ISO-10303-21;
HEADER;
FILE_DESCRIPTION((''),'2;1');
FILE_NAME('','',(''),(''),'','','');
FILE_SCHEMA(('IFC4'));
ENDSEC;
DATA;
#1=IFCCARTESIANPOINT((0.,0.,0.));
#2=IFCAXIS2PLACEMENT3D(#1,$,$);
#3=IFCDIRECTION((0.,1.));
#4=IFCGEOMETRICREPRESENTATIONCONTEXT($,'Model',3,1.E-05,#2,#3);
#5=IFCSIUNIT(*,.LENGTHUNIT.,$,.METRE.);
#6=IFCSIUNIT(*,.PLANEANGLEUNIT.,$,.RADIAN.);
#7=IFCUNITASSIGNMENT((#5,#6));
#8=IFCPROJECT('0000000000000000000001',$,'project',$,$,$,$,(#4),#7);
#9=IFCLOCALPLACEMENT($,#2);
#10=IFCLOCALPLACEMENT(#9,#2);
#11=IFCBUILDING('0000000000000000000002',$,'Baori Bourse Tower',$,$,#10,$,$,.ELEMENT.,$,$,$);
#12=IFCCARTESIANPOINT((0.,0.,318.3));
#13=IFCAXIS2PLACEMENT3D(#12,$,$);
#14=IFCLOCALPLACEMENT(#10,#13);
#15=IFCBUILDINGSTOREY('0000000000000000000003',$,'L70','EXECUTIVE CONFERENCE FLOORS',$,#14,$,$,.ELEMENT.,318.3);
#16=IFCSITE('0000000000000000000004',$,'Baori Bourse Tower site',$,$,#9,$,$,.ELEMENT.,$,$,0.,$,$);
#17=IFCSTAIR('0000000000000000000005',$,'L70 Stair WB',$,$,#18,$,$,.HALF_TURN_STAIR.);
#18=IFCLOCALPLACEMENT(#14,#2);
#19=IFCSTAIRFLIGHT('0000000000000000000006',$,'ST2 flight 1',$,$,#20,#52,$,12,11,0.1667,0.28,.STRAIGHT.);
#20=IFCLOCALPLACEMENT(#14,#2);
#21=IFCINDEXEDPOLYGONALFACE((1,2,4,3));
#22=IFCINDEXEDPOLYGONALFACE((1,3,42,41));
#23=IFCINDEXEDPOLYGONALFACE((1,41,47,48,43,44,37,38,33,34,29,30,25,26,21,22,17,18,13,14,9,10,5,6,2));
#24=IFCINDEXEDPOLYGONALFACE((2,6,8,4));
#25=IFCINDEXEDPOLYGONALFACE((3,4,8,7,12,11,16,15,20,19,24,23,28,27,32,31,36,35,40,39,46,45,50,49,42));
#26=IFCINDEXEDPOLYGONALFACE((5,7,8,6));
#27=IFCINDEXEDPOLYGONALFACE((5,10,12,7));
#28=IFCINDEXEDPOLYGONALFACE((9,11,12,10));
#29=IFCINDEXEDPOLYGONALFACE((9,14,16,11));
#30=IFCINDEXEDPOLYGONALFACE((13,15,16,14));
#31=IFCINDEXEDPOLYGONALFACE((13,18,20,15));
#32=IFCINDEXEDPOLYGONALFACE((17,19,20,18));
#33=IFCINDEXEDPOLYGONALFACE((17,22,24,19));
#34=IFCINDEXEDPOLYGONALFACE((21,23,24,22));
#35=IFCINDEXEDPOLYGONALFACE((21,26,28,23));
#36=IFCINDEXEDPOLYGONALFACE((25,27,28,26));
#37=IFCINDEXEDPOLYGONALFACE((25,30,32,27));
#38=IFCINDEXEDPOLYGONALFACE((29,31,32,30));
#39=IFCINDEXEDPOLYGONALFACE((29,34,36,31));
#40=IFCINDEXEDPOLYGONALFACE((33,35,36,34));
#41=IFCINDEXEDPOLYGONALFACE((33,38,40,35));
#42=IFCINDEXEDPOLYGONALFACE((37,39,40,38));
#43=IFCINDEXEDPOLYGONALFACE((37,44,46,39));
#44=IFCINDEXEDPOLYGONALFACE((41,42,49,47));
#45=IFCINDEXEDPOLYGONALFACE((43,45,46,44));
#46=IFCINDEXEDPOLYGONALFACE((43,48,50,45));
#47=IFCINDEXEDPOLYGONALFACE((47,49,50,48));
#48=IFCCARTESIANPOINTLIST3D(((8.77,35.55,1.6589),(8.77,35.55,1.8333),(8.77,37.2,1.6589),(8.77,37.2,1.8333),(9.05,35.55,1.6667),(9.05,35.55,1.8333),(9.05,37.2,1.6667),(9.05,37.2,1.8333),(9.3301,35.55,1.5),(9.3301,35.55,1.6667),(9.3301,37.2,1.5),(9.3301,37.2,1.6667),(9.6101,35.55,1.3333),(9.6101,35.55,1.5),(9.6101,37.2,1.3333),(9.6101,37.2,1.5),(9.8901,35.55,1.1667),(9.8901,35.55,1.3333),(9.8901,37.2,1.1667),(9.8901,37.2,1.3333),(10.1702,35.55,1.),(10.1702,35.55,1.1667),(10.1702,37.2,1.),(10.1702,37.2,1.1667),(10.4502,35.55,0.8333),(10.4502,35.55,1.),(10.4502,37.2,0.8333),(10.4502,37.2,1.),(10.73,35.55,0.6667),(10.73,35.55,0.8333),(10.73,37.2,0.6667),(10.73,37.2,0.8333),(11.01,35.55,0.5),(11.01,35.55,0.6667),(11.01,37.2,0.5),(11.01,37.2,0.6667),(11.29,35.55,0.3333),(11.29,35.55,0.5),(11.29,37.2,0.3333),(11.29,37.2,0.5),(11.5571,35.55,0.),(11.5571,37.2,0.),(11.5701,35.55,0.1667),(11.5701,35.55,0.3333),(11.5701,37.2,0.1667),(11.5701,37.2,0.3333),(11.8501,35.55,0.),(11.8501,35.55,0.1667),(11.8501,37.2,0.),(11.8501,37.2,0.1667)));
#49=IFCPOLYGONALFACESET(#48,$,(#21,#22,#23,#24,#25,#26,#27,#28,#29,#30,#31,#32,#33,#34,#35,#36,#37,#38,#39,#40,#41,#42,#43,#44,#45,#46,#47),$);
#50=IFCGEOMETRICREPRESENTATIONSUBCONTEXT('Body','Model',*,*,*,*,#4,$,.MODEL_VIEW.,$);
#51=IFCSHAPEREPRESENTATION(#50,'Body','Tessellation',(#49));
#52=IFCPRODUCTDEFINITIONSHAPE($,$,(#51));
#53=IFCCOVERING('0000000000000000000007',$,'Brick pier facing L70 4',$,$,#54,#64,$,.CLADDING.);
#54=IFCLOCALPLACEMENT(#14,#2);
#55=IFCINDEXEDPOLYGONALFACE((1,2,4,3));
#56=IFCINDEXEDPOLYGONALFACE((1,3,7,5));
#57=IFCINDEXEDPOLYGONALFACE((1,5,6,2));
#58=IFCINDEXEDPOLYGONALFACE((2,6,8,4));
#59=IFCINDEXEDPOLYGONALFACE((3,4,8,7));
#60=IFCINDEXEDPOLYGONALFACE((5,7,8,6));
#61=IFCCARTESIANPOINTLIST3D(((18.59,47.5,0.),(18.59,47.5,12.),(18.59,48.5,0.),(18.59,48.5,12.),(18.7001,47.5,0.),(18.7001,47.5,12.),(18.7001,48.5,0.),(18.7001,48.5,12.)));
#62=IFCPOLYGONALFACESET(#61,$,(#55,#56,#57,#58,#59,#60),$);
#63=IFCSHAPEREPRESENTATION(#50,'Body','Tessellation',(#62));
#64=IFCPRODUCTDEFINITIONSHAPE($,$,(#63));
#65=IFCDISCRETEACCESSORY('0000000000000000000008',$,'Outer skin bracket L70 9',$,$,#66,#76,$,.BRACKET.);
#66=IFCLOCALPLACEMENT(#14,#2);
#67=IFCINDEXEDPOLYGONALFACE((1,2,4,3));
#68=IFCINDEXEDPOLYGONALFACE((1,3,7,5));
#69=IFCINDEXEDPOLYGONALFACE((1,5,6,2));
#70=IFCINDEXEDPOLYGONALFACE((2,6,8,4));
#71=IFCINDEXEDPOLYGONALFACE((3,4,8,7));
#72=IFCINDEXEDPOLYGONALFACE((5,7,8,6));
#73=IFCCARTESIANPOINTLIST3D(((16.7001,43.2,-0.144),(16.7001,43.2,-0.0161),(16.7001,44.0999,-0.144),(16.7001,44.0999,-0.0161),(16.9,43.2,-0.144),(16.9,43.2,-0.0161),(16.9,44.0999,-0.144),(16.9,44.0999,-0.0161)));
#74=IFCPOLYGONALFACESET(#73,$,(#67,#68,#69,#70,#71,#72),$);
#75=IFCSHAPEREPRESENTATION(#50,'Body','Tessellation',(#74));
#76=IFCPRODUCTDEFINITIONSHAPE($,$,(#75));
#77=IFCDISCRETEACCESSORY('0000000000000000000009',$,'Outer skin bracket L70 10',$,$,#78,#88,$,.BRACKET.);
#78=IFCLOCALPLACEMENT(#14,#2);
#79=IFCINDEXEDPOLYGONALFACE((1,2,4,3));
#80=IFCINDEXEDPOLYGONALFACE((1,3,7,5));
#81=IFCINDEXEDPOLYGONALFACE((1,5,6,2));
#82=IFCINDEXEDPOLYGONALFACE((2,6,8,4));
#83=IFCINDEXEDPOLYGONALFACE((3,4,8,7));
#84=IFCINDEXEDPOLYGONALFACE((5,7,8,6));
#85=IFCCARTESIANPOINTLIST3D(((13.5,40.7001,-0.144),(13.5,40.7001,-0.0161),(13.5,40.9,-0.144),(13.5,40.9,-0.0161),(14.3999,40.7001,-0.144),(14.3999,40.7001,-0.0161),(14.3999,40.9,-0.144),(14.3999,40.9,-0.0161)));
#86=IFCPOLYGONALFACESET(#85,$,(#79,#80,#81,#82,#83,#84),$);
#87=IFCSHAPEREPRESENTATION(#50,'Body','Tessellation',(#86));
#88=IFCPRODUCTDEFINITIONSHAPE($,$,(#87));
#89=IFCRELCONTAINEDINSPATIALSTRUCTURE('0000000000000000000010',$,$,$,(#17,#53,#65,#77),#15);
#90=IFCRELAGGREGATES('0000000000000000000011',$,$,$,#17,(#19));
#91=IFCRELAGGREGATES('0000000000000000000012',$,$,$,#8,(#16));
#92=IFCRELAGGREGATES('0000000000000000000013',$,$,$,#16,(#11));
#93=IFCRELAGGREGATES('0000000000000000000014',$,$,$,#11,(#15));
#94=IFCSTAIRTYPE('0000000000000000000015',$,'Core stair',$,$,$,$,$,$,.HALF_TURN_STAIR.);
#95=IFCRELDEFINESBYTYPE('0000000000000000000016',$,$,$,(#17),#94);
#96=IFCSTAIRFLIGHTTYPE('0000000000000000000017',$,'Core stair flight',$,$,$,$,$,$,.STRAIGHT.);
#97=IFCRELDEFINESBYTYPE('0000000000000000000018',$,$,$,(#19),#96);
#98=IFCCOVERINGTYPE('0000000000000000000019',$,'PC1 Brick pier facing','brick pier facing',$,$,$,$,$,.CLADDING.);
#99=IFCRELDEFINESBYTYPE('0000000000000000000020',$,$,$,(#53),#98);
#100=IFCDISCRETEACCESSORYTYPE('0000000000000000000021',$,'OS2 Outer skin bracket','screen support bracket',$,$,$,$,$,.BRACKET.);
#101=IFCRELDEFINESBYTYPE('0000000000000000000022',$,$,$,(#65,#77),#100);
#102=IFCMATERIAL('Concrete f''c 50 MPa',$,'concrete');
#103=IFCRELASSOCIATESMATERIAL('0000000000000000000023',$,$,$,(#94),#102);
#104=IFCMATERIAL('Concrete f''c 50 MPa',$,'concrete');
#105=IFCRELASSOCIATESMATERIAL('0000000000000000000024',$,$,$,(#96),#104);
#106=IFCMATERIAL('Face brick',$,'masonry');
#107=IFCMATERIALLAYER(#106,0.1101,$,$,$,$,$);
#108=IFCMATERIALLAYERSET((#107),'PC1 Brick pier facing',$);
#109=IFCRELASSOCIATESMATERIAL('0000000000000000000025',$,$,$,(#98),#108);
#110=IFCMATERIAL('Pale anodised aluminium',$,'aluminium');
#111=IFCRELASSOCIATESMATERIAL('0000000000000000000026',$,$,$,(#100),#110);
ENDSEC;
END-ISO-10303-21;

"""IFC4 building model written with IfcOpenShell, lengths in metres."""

from ifc_helpers import new_model, si_unit, direction, frame, origin, origin_2d, place, context, subcontext, project, spatial, polyline, rectangle, outline, extrude, material, layer, layer_set, type_object, element, aggregate, save


model = new_model("IFC4")

# Units and contexts
model_context = context("Model", 3, precision=1e-05, world=origin(), true_north=direction((0.0, 1.0)))
body_context = subcontext(model_context, "Body", "Model", "MODEL_VIEW")
ifc_project = project(units=[si_unit("LENGTHUNIT", "METRE"), si_unit("PLANEANGLEUNIT", "RADIAN")], contexts=[model_context])

# Site, building, storey
site_placement = place(None, origin())
site = spatial("IfcSite", under=ifc_project, at=site_placement, Name="Baori Bourse Tower site", CompositionType="ELEMENT", RefElevation=0.0)
building_placement = place(site_placement, origin())
building = spatial("IfcBuilding", under=site, at=building_placement, Name="Baori Bourse Tower", CompositionType="ELEMENT")
storey_placement = place(building_placement, frame((0.0, 0.0, 318.3)))
storey = spatial("IfcBuildingStorey", under=building, at=storey_placement, Name="L70", Description="EXECUTIVE CONFERENCE FLOORS", CompositionType="ELEMENT", Elevation=318.3)

# Stair, stair flight
ifc_material_1 = material(Name="Concrete f'c 50 MPa", Category="concrete")
stair_type = type_object("IfcStairType", Name="Core stair", PredefinedType="HALF_TURN_STAIR", material=ifc_material_1)
stair_placement = place(storey_placement, origin())
stair = element("IfcStair", 1, at=stair_placement, inside=storey, type_object=stair_type, Name="L70 Stair WB", PredefinedType="HALF_TURN_STAIR")
ifc_material_2 = material(Name="Concrete f'c 50 MPa", Category="concrete")
stair_flight_type = type_object("IfcStairFlightType", Name="Core stair flight", PredefinedType="STRAIGHT", material=ifc_material_2)
stair_flight_placement = place(storey_placement, frame((11.8501, 36.375, 0.0), z_axis=(0.0, 0.0, 1.0), x_axis=(-1.0, 0.0, 0.0)))
stair_flight = element("IfcStairFlight", 2, at=stair_flight_placement, type_object=stair_flight_type, Name="ST2 flight 1", NumberOfRisers=12, NumberOfTreads=11, PredefinedType="STRAIGHT", RiserHeight=0.1667, TreadLength=0.28, context=body_context, shape_type="SweptSolid", body=[
    extrude(outline(polyline([(0.0, 0.0), (0.0, 0.1667), (0.28, 0.1667), (0.28, 0.3333), (0.5601, 0.3333), (0.5601, 0.5), (0.8401, 0.5), (0.8401, 0.6667), (1.1201, 0.6667), (1.1201, 0.8333), (1.3999, 0.8333), (1.3999, 1.0), (1.6799, 1.0), (1.6799, 1.1667), (1.96, 1.1667), (1.96, 1.3333), (2.24, 1.3333), (2.24, 1.5), (2.52, 1.5), (2.52, 1.6667), (2.8, 1.6667), (2.8, 1.8333), (3.0801, 1.8333), (3.0801, 2.0), (3.0801, 1.6589), (0.293, 0.0), (0.0, 0.0)])), frame((0.0, 0.825, 0.0), z_axis=(0.0, -1.0, 0.0), x_axis=(1.0, 0.0, 0.0)), (0.0, 0.0, 1.0), 1.6499),
])
aggregate(stair, [stair_flight])

# Covering
ifc_material_3 = material(Name="Face brick", Category="masonry")
ifc_layer_1 = layer(ifc_material_3, 0.1101)
ifc_layer_set_1 = layer_set([ifc_layer_1], Name="PC1 Brick pier facing")
covering_type = type_object("IfcCoveringType", Name="PC1 Brick pier facing", Description="brick pier facing", PredefinedType="CLADDING", material=ifc_layer_set_1)
covering_placement = place(storey_placement, frame((18.645, 48.0, 0.0), z_axis=(0.0, 0.0, 1.0), x_axis=(1.0, 0.0, 0.0)))
element("IfcCovering", 3, at=covering_placement, inside=storey, type_object=covering_type, Name="Brick pier facing L70 4", PredefinedType="CLADDING", context=body_context, shape_type="SweptSolid", body=[
    extrude(rectangle(XDim=0.1101, YDim=1.0, at=origin_2d()), origin(), (0.0, 0.0, 1.0), 12.0),
])

# Discrete accessories
ifc_material_4 = material(Name="Pale anodised aluminium", Category="aluminium")
discrete_accessory_type = type_object("IfcDiscreteAccessoryType", Name="OS2 Outer skin bracket", Description="screen support bracket", PredefinedType="BRACKET", material=ifc_material_4)
for number, where, z_axis, x_axis, name in (
    (4, (16.8, 43.6499, -0.144), (0.0, 0.0, 1.0), (-1.0, 0.0, 0.0), "Outer skin bracket L70 9"),
    (5, (13.95, 40.8, -0.144), (0.0, 0.0, 1.0), (0.0, -1.0, 0.0), "Outer skin bracket L70 10"),
):
    element("IfcDiscreteAccessory", number, at=place(storey_placement, frame(where, z_axis=z_axis, x_axis=x_axis)), inside=storey, type_object=discrete_accessory_type, Name=name, PredefinedType="BRACKET", context=body_context, shape_type="SweptSolid", body=[
        extrude(rectangle(XDim=0.2, YDim=0.8999, at=origin_2d()), origin(), (0.0, 0.0, 1.0), 0.1279),
    ])

save(model, "model.ifc")
